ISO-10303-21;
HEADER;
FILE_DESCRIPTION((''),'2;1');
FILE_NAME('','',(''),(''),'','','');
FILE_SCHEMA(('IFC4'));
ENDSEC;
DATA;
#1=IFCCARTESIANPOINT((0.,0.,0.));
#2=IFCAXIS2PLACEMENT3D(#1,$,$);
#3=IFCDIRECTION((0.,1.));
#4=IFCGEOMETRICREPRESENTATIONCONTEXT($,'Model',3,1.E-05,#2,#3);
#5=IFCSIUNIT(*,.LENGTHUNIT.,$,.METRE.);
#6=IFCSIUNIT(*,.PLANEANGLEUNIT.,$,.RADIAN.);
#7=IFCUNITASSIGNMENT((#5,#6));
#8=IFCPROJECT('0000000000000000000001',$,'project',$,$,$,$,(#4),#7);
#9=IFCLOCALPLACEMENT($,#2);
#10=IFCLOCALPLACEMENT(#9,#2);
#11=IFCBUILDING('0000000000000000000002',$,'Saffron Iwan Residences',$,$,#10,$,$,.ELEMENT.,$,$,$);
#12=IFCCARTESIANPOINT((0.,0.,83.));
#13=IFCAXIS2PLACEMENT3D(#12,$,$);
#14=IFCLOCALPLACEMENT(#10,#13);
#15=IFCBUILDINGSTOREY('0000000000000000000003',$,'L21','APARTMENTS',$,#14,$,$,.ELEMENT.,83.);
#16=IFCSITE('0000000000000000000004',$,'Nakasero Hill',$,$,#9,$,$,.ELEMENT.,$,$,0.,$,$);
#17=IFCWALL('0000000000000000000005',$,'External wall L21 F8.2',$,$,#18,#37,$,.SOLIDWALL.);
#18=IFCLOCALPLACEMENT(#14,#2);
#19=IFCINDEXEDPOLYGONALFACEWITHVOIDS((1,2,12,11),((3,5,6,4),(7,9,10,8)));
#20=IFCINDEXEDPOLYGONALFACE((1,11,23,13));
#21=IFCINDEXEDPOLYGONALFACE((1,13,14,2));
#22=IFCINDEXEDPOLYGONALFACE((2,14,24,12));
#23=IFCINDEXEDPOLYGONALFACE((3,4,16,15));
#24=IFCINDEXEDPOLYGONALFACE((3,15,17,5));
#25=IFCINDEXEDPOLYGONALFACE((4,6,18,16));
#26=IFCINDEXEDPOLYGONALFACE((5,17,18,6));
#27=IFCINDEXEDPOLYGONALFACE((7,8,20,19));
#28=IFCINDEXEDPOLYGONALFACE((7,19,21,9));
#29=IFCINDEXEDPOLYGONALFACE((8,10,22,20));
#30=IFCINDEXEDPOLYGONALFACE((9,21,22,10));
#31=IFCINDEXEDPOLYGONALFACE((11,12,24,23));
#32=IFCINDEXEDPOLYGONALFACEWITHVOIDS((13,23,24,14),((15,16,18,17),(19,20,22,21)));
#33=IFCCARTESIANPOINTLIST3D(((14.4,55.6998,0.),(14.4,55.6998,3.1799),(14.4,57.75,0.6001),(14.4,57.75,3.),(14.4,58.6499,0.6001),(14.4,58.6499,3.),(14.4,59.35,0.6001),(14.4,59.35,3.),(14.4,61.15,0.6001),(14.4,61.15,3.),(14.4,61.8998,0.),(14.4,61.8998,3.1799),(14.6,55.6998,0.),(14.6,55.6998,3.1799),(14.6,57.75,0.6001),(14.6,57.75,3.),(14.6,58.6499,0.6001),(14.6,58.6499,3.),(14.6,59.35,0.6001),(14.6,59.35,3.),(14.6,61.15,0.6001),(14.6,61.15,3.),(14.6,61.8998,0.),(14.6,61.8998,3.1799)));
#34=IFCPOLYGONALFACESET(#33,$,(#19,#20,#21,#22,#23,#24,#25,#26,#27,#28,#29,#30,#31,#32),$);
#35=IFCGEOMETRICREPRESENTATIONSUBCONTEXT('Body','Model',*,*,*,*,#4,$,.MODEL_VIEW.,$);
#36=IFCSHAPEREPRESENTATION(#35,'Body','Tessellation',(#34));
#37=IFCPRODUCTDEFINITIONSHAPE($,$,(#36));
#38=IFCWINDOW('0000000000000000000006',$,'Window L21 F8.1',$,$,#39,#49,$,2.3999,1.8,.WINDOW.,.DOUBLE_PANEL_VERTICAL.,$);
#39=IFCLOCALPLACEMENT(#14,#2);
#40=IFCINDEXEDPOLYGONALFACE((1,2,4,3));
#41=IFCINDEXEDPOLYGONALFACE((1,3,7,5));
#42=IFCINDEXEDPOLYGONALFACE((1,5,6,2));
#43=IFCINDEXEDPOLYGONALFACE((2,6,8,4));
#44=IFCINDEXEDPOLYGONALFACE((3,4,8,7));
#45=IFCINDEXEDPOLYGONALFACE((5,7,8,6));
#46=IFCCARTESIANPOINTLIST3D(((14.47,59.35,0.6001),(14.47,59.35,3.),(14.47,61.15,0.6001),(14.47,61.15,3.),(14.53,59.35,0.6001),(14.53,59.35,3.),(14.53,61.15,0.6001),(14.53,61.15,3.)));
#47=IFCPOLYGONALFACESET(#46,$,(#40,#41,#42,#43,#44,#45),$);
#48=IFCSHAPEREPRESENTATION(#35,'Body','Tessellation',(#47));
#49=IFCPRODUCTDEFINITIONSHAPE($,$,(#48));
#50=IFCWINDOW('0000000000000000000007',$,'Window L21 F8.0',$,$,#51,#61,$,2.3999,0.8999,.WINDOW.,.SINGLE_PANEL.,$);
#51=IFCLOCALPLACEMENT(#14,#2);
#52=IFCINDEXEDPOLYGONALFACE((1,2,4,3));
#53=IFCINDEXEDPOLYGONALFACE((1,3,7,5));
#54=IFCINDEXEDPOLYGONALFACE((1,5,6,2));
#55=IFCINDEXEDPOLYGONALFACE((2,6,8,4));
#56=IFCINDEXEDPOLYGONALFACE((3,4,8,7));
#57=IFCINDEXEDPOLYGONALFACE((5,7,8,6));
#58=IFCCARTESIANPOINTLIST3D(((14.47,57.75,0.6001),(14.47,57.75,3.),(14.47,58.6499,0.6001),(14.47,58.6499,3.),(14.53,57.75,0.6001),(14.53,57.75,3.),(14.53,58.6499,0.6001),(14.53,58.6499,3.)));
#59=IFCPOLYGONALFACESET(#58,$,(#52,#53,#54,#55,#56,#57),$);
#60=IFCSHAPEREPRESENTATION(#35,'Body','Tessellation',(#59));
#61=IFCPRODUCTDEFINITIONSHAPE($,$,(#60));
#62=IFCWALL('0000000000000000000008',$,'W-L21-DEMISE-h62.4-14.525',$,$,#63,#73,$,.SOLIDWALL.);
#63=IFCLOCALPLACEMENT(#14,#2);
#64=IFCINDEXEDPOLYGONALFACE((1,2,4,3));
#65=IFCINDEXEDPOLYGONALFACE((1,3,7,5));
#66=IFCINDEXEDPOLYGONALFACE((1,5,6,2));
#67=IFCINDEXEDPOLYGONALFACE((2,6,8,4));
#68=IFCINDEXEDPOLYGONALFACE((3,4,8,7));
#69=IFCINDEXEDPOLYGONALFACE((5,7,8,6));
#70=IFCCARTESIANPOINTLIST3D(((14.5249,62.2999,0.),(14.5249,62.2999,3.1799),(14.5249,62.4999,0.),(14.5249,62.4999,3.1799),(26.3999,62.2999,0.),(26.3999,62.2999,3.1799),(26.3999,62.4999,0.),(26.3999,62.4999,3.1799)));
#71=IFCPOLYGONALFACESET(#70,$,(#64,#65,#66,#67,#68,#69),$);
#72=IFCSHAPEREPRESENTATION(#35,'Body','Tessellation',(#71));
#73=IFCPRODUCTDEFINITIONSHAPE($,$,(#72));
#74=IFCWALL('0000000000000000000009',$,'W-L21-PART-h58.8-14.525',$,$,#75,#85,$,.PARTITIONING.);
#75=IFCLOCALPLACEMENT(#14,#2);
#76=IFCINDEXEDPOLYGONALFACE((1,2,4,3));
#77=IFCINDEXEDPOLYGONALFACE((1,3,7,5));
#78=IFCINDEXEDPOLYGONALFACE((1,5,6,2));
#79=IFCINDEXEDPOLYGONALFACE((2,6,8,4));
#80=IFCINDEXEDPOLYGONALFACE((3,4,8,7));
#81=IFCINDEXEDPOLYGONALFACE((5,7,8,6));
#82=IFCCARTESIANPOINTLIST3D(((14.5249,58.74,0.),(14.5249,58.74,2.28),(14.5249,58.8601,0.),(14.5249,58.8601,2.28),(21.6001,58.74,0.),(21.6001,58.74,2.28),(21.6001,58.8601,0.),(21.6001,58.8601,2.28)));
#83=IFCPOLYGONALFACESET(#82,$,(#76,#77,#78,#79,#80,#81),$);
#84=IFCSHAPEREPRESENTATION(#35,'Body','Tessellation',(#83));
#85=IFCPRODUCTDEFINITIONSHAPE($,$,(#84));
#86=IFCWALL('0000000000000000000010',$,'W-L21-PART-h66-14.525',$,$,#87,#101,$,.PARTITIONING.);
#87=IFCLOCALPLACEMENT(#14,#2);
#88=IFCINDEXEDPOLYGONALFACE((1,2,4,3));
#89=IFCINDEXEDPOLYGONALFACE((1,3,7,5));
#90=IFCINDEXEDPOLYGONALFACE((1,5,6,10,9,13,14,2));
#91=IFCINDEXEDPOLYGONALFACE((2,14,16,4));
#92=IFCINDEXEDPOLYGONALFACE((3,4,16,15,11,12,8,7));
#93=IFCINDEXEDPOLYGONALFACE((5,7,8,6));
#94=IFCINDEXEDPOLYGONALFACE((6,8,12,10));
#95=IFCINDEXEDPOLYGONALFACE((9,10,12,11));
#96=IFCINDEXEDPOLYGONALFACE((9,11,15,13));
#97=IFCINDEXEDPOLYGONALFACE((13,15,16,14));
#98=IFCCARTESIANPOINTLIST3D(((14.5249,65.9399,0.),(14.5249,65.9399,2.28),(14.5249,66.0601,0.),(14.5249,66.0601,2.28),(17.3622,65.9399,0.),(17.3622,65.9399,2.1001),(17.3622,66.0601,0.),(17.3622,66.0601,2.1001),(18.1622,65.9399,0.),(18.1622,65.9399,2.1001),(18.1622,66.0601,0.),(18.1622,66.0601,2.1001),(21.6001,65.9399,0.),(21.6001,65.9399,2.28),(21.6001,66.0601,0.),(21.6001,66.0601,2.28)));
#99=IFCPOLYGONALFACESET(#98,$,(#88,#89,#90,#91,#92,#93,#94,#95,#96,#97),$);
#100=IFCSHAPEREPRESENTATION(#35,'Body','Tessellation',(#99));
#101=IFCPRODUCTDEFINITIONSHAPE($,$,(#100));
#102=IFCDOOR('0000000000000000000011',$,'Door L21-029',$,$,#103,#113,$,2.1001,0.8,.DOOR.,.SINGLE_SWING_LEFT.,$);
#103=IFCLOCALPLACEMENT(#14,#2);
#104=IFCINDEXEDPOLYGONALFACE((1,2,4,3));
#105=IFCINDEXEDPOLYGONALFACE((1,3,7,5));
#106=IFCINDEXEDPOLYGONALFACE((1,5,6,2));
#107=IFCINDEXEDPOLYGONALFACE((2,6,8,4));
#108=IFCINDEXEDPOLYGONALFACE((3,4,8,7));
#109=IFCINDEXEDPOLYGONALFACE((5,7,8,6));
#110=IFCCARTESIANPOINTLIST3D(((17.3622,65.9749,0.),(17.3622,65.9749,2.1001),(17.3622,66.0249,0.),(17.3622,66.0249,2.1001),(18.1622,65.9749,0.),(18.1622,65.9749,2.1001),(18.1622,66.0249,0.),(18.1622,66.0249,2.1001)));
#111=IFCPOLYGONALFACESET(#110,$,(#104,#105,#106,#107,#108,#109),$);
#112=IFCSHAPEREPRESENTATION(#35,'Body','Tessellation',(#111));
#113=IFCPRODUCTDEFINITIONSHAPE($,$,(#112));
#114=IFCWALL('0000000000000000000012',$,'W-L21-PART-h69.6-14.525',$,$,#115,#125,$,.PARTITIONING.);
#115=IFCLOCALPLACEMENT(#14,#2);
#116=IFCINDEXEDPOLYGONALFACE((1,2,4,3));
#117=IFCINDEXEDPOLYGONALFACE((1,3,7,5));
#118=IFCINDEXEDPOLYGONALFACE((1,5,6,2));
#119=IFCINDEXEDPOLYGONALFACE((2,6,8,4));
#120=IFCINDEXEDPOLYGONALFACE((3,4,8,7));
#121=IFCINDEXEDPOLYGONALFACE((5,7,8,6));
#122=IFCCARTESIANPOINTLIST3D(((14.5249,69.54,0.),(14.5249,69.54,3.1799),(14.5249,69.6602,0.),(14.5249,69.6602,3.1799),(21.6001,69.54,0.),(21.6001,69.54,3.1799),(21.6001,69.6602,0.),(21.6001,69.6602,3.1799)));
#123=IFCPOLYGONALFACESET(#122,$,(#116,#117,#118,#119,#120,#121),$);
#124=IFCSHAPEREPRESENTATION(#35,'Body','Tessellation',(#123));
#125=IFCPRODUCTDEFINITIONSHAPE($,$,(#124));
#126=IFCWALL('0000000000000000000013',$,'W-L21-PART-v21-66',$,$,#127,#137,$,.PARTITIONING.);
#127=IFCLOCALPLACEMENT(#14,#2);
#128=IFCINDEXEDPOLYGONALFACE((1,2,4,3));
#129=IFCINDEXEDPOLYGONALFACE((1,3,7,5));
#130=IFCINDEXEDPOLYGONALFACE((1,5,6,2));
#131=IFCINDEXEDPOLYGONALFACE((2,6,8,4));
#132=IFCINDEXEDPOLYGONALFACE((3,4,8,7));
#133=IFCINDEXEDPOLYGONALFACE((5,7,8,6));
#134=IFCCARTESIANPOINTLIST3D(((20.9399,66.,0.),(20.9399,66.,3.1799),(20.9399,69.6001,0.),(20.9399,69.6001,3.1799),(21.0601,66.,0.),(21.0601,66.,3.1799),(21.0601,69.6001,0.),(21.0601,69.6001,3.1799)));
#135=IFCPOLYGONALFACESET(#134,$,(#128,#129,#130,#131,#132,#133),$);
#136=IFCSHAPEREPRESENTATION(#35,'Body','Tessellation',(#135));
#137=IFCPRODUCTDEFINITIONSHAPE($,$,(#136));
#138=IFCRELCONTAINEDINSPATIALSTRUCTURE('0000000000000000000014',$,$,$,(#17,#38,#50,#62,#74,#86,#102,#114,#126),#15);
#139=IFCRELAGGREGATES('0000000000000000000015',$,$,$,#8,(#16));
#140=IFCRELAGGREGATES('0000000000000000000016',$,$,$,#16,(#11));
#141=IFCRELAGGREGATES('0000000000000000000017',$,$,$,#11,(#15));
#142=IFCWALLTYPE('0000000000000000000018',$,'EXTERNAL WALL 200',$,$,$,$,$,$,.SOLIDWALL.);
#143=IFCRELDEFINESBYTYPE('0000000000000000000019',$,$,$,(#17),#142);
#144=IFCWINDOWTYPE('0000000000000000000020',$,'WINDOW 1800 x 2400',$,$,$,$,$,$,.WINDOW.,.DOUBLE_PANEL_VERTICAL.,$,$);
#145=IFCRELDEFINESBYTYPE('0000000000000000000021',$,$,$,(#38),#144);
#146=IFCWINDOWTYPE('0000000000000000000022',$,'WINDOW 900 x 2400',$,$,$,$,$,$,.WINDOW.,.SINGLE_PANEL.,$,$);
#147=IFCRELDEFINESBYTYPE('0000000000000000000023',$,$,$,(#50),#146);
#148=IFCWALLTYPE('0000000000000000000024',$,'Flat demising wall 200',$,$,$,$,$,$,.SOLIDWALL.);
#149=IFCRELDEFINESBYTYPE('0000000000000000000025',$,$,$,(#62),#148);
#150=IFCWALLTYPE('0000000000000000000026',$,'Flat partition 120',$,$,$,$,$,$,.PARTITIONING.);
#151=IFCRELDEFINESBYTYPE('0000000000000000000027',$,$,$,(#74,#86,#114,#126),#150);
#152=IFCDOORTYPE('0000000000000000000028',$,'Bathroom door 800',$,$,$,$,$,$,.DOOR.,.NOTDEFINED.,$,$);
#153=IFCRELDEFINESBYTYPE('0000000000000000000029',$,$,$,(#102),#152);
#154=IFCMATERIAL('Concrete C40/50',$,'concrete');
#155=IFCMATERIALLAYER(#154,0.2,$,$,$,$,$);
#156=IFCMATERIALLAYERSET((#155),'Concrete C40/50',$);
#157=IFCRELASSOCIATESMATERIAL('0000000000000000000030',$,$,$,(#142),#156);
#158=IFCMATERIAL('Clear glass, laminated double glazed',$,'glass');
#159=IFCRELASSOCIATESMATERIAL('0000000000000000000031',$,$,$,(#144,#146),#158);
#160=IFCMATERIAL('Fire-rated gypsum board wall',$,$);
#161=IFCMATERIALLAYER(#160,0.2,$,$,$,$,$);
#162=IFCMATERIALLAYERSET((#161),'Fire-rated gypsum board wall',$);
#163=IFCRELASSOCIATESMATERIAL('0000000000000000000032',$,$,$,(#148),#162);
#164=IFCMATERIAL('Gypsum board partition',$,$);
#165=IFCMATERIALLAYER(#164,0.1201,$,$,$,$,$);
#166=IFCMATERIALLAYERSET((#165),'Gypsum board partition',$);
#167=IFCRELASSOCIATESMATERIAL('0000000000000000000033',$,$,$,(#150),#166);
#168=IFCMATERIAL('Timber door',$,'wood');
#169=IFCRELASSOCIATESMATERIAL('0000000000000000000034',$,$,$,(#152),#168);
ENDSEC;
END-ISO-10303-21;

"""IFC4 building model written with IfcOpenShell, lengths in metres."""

from ifc_helpers import new_model, si_unit, direction, frame, frame_2d, origin, place, context, subcontext, project, spatial, rectangle, extrude, material, layer, layer_set, type_object, element, fill, save


model = new_model("IFC4")

# Units and contexts
model_context = context("Model", 3, precision=1e-05, world=origin(), true_north=direction((0.0, 1.0)))
body_context = subcontext(model_context, "Body", "Model", "MODEL_VIEW")
ifc_project = project(units=[si_unit("LENGTHUNIT", "METRE"), si_unit("PLANEANGLEUNIT", "RADIAN")], contexts=[model_context])

# Site, building, storey
site_placement = place(None, origin())
site = spatial("IfcSite", under=ifc_project, at=site_placement, Name="Nakasero Hill", CompositionType="ELEMENT", RefElevation=0.0)
building_placement = place(site_placement, origin())
building = spatial("IfcBuilding", under=site, at=building_placement, Name="Saffron Iwan Residences", CompositionType="ELEMENT")
storey_placement = place(building_placement, frame((0.0, 0.0, 83.0)))
storey = spatial("IfcBuildingStorey", under=building, at=storey_placement, Name="L21", Description="APARTMENTS", CompositionType="ELEMENT", Elevation=83.0)

# Wall, openings, windows
ifc_material_1 = material(Name="Concrete C40/50", Category="concrete")
ifc_layer_1 = layer(ifc_material_1, 0.2)
ifc_layer_set_1 = layer_set([ifc_layer_1], Name="Concrete C40/50")
wall_type_1 = type_object("IfcWallType", Name="EXTERNAL WALL 200", PredefinedType="SOLIDWALL", material=ifc_layer_set_1)
ifc_material_2 = material(Name="Clear glass, laminated double glazed", Category="glass")
window_type_1 = type_object("IfcWindowType", Name="WINDOW 1800 x 2400", PartitioningType="DOUBLE_PANEL_VERTICAL", PredefinedType="WINDOW", material=ifc_material_2)
wall_1_placement = place(storey_placement, frame((14.5, 61.8999, 0.0), z_axis=(0.0, 0.0, 1.0), x_axis=(0.0, -1.0, 0.0)))
wall_1 = element("IfcWall", 1, at=wall_1_placement, inside=storey, type_object=wall_type_1, Name="External wall L21 F8.2", PredefinedType="SOLIDWALL", context=body_context, shape_type="SweptSolid", body=[
    extrude(rectangle(XDim=6.2, YDim=0.2, at=frame_2d((3.1001, 0.0))), origin(), (0.0, 0.0, 1.0), 3.1799),
])
opening_1_placement = place(wall_1_placement, frame((3.25, 0.0, 0.6001)))
opening_1 = element("IfcOpeningElement", 2, at=opening_1_placement, cuts=wall_1, PredefinedType="OPENING", context=body_context, shape_type="SweptSolid", body=[
    extrude(rectangle(XDim=0.8999, YDim=2.3999, at=frame_2d((0.45, 1.2))), frame((0.0, 0.1099, 0.0), z_axis=(0.0, -1.0, 0.0), x_axis=(1.0, 0.0, 0.0)), (0.0, 0.0, 1.0), 0.22),
])
opening_2_placement = place(wall_1_placement, frame((0.75, 0.0, 0.6001)))
opening_2 = element("IfcOpeningElement", 3, at=opening_2_placement, cuts=wall_1, PredefinedType="OPENING", context=body_context, shape_type="SweptSolid", body=[
    extrude(rectangle(XDim=1.8, YDim=2.3999, at=frame_2d((0.8999, 1.2))), frame((0.0, 0.1099, 0.0), z_axis=(0.0, -1.0, 0.0), x_axis=(1.0, 0.0, 0.0)), (0.0, 0.0, 1.0), 0.22),
])
window_1_placement = place(opening_2_placement, origin())
window_1 = element("IfcWindow", 4, at=window_1_placement, inside=storey, type_object=window_type_1, Name="Window L21 F8.1", OverallHeight=2.3999, OverallWidth=1.8, PartitioningType="DOUBLE_PANEL_VERTICAL", PredefinedType="WINDOW", context=body_context, shape_type="SweptSolid", body=[
    extrude(rectangle(XDim=1.8, YDim=2.3999, at=frame_2d((0.8999, 1.2))), frame((0.0, 0.03, 0.0), z_axis=(0.0, -1.0, 0.0), x_axis=(1.0, 0.0, 0.0)), (0.0, 0.0, 1.0), 0.0601),
])
fill(opening_2, window_1)
window_type_2 = type_object("IfcWindowType", Name="WINDOW 900 x 2400", PartitioningType="SINGLE_PANEL", PredefinedType="WINDOW", material=ifc_material_2)
window_2_placement = place(opening_1_placement, origin())
window_2 = element("IfcWindow", 5, at=window_2_placement, inside=storey, type_object=window_type_2, Name="Window L21 F8.0", OverallHeight=2.3999, OverallWidth=0.8999, PartitioningType="SINGLE_PANEL", PredefinedType="WINDOW", context=body_context, shape_type="SweptSolid", body=[
    extrude(rectangle(XDim=0.8999, YDim=2.3999, at=frame_2d((0.45, 1.2))), frame((0.0, 0.03, 0.0), z_axis=(0.0, -1.0, 0.0), x_axis=(1.0, 0.0, 0.0)), (0.0, 0.0, 1.0), 0.0601),
])
fill(opening_1, window_2)

# Walls
ifc_material_3 = material(Name="Fire-rated gypsum board wall")
ifc_layer_2 = layer(ifc_material_3, 0.2)
ifc_layer_set_2 = layer_set([ifc_layer_2], Name="Fire-rated gypsum board wall")
wall_type_2 = type_object("IfcWallType", Name="Flat demising wall 200", PredefinedType="SOLIDWALL", material=ifc_layer_set_2)
wall_2_placement = place(storey_placement, frame((14.5249, 62.3999, 0.0), z_axis=(0.0, 0.0, 1.0), x_axis=(1.0, 0.0, 0.0)))
element("IfcWall", 6, at=wall_2_placement, inside=storey, type_object=wall_type_2, Name="W-L21-DEMISE-h62.4-14.525", PredefinedType="SOLIDWALL", context=body_context, shape_type="SweptSolid", body=[
    extrude(rectangle(XDim=11.875, YDim=0.2, at=frame_2d((5.9375, 0.0))), origin(), (0.0, 0.0, 1.0), 3.1799),
])
ifc_material_4 = material(Name="Gypsum board partition")
ifc_layer_3 = layer(ifc_material_4, 0.1201)
ifc_layer_set_3 = layer_set([ifc_layer_3], Name="Gypsum board partition")
wall_type_3 = type_object("IfcWallType", Name="Flat partition 120", PredefinedType="PARTITIONING", material=ifc_layer_set_3)
wall_3_placement = place(storey_placement, frame((14.5249, 58.8, 0.0), z_axis=(0.0, 0.0, 1.0), x_axis=(1.0, 0.0, 0.0)))
element("IfcWall", 7, at=wall_3_placement, inside=storey, type_object=wall_type_3, Name="W-L21-PART-h58.8-14.525", PredefinedType="PARTITIONING", context=body_context, shape_type="SweptSolid", body=[
    extrude(rectangle(XDim=7.0752, YDim=0.1201, at=frame_2d((3.5376, 0.0))), origin(), (0.0, 0.0, 1.0), 2.28),
])

# Wall, opening, door
wall_4_placement = place(storey_placement, frame((14.5249, 66.0, 0.0), z_axis=(0.0, 0.0, 1.0), x_axis=(1.0, 0.0, 0.0)))
wall_4 = element("IfcWall", 8, at=wall_4_placement, inside=storey, type_object=wall_type_3, Name="W-L21-PART-h66-14.525", PredefinedType="PARTITIONING", context=body_context, shape_type="SweptSolid", body=[
    extrude(rectangle(XDim=7.0752, YDim=0.1201, at=frame_2d((3.5376, 0.0))), origin(), (0.0, 0.0, 1.0), 2.28),
])
opening_3_placement = place(wall_4_placement, frame((2.8374, 0.0, 0.0)))
opening_3 = element("IfcOpeningElement", 9, at=opening_3_placement, cuts=wall_4, PredefinedType="OPENING", context=body_context, shape_type="SweptSolid", body=[
    extrude(rectangle(XDim=0.8, YDim=2.1001, at=frame_2d((0.3999, 1.05))), frame((0.0, 0.0701, 0.0), z_axis=(0.0, -1.0, 0.0), x_axis=(1.0, 0.0, 0.0)), (0.0, 0.0, 1.0), 0.1401),
])
ifc_material_5 = material(Name="Timber door", Category="wood")
door_type = type_object("IfcDoorType", Name="Bathroom door 800", OperationType="NOTDEFINED", PredefinedType="DOOR", material=ifc_material_5)
door_placement = place(opening_3_placement, origin())
door = element("IfcDoor", 10, at=door_placement, inside=storey, type_object=door_type, Name="Door L21-029", OperationType="SINGLE_SWING_LEFT", OverallHeight=2.1001, OverallWidth=0.8, PredefinedType="DOOR", context=body_context, shape_type="SweptSolid", body=[
    extrude(rectangle(XDim=0.8, YDim=2.1001, at=frame_2d((0.3999, 1.05))), frame((0.0, 0.0249, 0.0), z_axis=(0.0, -1.0, 0.0), x_axis=(1.0, 0.0, 0.0)), (0.0, 0.0, 1.0), 0.05),
])
fill(opening_3, door)

# Walls
wall_5_placement = place(storey_placement, frame((14.5249, 69.6001, 0.0), z_axis=(0.0, 0.0, 1.0), x_axis=(1.0, 0.0, 0.0)))
element("IfcWall", 11, at=wall_5_placement, inside=storey, type_object=wall_type_3, Name="W-L21-PART-h69.6-14.525", PredefinedType="PARTITIONING", context=body_context, shape_type="SweptSolid", body=[
    extrude(rectangle(XDim=7.0752, YDim=0.1201, at=frame_2d((3.5376, 0.0))), origin(), (0.0, 0.0, 1.0), 3.1799),
])
wall_6_placement = place(storey_placement, frame((21.0, 66.0, 0.0), z_axis=(0.0, 0.0, 1.0), x_axis=(0.0, 1.0, 0.0)))
element("IfcWall", 12, at=wall_6_placement, inside=storey, type_object=wall_type_3, Name="W-L21-PART-v21-66", PredefinedType="PARTITIONING", context=body_context, shape_type="SweptSolid", body=[
    extrude(rectangle(XDim=3.6001, YDim=0.1201, at=frame_2d((1.8, 0.0))), origin(), (0.0, 0.0, 1.0), 3.1799),
])

save(model, "model.ifc")
